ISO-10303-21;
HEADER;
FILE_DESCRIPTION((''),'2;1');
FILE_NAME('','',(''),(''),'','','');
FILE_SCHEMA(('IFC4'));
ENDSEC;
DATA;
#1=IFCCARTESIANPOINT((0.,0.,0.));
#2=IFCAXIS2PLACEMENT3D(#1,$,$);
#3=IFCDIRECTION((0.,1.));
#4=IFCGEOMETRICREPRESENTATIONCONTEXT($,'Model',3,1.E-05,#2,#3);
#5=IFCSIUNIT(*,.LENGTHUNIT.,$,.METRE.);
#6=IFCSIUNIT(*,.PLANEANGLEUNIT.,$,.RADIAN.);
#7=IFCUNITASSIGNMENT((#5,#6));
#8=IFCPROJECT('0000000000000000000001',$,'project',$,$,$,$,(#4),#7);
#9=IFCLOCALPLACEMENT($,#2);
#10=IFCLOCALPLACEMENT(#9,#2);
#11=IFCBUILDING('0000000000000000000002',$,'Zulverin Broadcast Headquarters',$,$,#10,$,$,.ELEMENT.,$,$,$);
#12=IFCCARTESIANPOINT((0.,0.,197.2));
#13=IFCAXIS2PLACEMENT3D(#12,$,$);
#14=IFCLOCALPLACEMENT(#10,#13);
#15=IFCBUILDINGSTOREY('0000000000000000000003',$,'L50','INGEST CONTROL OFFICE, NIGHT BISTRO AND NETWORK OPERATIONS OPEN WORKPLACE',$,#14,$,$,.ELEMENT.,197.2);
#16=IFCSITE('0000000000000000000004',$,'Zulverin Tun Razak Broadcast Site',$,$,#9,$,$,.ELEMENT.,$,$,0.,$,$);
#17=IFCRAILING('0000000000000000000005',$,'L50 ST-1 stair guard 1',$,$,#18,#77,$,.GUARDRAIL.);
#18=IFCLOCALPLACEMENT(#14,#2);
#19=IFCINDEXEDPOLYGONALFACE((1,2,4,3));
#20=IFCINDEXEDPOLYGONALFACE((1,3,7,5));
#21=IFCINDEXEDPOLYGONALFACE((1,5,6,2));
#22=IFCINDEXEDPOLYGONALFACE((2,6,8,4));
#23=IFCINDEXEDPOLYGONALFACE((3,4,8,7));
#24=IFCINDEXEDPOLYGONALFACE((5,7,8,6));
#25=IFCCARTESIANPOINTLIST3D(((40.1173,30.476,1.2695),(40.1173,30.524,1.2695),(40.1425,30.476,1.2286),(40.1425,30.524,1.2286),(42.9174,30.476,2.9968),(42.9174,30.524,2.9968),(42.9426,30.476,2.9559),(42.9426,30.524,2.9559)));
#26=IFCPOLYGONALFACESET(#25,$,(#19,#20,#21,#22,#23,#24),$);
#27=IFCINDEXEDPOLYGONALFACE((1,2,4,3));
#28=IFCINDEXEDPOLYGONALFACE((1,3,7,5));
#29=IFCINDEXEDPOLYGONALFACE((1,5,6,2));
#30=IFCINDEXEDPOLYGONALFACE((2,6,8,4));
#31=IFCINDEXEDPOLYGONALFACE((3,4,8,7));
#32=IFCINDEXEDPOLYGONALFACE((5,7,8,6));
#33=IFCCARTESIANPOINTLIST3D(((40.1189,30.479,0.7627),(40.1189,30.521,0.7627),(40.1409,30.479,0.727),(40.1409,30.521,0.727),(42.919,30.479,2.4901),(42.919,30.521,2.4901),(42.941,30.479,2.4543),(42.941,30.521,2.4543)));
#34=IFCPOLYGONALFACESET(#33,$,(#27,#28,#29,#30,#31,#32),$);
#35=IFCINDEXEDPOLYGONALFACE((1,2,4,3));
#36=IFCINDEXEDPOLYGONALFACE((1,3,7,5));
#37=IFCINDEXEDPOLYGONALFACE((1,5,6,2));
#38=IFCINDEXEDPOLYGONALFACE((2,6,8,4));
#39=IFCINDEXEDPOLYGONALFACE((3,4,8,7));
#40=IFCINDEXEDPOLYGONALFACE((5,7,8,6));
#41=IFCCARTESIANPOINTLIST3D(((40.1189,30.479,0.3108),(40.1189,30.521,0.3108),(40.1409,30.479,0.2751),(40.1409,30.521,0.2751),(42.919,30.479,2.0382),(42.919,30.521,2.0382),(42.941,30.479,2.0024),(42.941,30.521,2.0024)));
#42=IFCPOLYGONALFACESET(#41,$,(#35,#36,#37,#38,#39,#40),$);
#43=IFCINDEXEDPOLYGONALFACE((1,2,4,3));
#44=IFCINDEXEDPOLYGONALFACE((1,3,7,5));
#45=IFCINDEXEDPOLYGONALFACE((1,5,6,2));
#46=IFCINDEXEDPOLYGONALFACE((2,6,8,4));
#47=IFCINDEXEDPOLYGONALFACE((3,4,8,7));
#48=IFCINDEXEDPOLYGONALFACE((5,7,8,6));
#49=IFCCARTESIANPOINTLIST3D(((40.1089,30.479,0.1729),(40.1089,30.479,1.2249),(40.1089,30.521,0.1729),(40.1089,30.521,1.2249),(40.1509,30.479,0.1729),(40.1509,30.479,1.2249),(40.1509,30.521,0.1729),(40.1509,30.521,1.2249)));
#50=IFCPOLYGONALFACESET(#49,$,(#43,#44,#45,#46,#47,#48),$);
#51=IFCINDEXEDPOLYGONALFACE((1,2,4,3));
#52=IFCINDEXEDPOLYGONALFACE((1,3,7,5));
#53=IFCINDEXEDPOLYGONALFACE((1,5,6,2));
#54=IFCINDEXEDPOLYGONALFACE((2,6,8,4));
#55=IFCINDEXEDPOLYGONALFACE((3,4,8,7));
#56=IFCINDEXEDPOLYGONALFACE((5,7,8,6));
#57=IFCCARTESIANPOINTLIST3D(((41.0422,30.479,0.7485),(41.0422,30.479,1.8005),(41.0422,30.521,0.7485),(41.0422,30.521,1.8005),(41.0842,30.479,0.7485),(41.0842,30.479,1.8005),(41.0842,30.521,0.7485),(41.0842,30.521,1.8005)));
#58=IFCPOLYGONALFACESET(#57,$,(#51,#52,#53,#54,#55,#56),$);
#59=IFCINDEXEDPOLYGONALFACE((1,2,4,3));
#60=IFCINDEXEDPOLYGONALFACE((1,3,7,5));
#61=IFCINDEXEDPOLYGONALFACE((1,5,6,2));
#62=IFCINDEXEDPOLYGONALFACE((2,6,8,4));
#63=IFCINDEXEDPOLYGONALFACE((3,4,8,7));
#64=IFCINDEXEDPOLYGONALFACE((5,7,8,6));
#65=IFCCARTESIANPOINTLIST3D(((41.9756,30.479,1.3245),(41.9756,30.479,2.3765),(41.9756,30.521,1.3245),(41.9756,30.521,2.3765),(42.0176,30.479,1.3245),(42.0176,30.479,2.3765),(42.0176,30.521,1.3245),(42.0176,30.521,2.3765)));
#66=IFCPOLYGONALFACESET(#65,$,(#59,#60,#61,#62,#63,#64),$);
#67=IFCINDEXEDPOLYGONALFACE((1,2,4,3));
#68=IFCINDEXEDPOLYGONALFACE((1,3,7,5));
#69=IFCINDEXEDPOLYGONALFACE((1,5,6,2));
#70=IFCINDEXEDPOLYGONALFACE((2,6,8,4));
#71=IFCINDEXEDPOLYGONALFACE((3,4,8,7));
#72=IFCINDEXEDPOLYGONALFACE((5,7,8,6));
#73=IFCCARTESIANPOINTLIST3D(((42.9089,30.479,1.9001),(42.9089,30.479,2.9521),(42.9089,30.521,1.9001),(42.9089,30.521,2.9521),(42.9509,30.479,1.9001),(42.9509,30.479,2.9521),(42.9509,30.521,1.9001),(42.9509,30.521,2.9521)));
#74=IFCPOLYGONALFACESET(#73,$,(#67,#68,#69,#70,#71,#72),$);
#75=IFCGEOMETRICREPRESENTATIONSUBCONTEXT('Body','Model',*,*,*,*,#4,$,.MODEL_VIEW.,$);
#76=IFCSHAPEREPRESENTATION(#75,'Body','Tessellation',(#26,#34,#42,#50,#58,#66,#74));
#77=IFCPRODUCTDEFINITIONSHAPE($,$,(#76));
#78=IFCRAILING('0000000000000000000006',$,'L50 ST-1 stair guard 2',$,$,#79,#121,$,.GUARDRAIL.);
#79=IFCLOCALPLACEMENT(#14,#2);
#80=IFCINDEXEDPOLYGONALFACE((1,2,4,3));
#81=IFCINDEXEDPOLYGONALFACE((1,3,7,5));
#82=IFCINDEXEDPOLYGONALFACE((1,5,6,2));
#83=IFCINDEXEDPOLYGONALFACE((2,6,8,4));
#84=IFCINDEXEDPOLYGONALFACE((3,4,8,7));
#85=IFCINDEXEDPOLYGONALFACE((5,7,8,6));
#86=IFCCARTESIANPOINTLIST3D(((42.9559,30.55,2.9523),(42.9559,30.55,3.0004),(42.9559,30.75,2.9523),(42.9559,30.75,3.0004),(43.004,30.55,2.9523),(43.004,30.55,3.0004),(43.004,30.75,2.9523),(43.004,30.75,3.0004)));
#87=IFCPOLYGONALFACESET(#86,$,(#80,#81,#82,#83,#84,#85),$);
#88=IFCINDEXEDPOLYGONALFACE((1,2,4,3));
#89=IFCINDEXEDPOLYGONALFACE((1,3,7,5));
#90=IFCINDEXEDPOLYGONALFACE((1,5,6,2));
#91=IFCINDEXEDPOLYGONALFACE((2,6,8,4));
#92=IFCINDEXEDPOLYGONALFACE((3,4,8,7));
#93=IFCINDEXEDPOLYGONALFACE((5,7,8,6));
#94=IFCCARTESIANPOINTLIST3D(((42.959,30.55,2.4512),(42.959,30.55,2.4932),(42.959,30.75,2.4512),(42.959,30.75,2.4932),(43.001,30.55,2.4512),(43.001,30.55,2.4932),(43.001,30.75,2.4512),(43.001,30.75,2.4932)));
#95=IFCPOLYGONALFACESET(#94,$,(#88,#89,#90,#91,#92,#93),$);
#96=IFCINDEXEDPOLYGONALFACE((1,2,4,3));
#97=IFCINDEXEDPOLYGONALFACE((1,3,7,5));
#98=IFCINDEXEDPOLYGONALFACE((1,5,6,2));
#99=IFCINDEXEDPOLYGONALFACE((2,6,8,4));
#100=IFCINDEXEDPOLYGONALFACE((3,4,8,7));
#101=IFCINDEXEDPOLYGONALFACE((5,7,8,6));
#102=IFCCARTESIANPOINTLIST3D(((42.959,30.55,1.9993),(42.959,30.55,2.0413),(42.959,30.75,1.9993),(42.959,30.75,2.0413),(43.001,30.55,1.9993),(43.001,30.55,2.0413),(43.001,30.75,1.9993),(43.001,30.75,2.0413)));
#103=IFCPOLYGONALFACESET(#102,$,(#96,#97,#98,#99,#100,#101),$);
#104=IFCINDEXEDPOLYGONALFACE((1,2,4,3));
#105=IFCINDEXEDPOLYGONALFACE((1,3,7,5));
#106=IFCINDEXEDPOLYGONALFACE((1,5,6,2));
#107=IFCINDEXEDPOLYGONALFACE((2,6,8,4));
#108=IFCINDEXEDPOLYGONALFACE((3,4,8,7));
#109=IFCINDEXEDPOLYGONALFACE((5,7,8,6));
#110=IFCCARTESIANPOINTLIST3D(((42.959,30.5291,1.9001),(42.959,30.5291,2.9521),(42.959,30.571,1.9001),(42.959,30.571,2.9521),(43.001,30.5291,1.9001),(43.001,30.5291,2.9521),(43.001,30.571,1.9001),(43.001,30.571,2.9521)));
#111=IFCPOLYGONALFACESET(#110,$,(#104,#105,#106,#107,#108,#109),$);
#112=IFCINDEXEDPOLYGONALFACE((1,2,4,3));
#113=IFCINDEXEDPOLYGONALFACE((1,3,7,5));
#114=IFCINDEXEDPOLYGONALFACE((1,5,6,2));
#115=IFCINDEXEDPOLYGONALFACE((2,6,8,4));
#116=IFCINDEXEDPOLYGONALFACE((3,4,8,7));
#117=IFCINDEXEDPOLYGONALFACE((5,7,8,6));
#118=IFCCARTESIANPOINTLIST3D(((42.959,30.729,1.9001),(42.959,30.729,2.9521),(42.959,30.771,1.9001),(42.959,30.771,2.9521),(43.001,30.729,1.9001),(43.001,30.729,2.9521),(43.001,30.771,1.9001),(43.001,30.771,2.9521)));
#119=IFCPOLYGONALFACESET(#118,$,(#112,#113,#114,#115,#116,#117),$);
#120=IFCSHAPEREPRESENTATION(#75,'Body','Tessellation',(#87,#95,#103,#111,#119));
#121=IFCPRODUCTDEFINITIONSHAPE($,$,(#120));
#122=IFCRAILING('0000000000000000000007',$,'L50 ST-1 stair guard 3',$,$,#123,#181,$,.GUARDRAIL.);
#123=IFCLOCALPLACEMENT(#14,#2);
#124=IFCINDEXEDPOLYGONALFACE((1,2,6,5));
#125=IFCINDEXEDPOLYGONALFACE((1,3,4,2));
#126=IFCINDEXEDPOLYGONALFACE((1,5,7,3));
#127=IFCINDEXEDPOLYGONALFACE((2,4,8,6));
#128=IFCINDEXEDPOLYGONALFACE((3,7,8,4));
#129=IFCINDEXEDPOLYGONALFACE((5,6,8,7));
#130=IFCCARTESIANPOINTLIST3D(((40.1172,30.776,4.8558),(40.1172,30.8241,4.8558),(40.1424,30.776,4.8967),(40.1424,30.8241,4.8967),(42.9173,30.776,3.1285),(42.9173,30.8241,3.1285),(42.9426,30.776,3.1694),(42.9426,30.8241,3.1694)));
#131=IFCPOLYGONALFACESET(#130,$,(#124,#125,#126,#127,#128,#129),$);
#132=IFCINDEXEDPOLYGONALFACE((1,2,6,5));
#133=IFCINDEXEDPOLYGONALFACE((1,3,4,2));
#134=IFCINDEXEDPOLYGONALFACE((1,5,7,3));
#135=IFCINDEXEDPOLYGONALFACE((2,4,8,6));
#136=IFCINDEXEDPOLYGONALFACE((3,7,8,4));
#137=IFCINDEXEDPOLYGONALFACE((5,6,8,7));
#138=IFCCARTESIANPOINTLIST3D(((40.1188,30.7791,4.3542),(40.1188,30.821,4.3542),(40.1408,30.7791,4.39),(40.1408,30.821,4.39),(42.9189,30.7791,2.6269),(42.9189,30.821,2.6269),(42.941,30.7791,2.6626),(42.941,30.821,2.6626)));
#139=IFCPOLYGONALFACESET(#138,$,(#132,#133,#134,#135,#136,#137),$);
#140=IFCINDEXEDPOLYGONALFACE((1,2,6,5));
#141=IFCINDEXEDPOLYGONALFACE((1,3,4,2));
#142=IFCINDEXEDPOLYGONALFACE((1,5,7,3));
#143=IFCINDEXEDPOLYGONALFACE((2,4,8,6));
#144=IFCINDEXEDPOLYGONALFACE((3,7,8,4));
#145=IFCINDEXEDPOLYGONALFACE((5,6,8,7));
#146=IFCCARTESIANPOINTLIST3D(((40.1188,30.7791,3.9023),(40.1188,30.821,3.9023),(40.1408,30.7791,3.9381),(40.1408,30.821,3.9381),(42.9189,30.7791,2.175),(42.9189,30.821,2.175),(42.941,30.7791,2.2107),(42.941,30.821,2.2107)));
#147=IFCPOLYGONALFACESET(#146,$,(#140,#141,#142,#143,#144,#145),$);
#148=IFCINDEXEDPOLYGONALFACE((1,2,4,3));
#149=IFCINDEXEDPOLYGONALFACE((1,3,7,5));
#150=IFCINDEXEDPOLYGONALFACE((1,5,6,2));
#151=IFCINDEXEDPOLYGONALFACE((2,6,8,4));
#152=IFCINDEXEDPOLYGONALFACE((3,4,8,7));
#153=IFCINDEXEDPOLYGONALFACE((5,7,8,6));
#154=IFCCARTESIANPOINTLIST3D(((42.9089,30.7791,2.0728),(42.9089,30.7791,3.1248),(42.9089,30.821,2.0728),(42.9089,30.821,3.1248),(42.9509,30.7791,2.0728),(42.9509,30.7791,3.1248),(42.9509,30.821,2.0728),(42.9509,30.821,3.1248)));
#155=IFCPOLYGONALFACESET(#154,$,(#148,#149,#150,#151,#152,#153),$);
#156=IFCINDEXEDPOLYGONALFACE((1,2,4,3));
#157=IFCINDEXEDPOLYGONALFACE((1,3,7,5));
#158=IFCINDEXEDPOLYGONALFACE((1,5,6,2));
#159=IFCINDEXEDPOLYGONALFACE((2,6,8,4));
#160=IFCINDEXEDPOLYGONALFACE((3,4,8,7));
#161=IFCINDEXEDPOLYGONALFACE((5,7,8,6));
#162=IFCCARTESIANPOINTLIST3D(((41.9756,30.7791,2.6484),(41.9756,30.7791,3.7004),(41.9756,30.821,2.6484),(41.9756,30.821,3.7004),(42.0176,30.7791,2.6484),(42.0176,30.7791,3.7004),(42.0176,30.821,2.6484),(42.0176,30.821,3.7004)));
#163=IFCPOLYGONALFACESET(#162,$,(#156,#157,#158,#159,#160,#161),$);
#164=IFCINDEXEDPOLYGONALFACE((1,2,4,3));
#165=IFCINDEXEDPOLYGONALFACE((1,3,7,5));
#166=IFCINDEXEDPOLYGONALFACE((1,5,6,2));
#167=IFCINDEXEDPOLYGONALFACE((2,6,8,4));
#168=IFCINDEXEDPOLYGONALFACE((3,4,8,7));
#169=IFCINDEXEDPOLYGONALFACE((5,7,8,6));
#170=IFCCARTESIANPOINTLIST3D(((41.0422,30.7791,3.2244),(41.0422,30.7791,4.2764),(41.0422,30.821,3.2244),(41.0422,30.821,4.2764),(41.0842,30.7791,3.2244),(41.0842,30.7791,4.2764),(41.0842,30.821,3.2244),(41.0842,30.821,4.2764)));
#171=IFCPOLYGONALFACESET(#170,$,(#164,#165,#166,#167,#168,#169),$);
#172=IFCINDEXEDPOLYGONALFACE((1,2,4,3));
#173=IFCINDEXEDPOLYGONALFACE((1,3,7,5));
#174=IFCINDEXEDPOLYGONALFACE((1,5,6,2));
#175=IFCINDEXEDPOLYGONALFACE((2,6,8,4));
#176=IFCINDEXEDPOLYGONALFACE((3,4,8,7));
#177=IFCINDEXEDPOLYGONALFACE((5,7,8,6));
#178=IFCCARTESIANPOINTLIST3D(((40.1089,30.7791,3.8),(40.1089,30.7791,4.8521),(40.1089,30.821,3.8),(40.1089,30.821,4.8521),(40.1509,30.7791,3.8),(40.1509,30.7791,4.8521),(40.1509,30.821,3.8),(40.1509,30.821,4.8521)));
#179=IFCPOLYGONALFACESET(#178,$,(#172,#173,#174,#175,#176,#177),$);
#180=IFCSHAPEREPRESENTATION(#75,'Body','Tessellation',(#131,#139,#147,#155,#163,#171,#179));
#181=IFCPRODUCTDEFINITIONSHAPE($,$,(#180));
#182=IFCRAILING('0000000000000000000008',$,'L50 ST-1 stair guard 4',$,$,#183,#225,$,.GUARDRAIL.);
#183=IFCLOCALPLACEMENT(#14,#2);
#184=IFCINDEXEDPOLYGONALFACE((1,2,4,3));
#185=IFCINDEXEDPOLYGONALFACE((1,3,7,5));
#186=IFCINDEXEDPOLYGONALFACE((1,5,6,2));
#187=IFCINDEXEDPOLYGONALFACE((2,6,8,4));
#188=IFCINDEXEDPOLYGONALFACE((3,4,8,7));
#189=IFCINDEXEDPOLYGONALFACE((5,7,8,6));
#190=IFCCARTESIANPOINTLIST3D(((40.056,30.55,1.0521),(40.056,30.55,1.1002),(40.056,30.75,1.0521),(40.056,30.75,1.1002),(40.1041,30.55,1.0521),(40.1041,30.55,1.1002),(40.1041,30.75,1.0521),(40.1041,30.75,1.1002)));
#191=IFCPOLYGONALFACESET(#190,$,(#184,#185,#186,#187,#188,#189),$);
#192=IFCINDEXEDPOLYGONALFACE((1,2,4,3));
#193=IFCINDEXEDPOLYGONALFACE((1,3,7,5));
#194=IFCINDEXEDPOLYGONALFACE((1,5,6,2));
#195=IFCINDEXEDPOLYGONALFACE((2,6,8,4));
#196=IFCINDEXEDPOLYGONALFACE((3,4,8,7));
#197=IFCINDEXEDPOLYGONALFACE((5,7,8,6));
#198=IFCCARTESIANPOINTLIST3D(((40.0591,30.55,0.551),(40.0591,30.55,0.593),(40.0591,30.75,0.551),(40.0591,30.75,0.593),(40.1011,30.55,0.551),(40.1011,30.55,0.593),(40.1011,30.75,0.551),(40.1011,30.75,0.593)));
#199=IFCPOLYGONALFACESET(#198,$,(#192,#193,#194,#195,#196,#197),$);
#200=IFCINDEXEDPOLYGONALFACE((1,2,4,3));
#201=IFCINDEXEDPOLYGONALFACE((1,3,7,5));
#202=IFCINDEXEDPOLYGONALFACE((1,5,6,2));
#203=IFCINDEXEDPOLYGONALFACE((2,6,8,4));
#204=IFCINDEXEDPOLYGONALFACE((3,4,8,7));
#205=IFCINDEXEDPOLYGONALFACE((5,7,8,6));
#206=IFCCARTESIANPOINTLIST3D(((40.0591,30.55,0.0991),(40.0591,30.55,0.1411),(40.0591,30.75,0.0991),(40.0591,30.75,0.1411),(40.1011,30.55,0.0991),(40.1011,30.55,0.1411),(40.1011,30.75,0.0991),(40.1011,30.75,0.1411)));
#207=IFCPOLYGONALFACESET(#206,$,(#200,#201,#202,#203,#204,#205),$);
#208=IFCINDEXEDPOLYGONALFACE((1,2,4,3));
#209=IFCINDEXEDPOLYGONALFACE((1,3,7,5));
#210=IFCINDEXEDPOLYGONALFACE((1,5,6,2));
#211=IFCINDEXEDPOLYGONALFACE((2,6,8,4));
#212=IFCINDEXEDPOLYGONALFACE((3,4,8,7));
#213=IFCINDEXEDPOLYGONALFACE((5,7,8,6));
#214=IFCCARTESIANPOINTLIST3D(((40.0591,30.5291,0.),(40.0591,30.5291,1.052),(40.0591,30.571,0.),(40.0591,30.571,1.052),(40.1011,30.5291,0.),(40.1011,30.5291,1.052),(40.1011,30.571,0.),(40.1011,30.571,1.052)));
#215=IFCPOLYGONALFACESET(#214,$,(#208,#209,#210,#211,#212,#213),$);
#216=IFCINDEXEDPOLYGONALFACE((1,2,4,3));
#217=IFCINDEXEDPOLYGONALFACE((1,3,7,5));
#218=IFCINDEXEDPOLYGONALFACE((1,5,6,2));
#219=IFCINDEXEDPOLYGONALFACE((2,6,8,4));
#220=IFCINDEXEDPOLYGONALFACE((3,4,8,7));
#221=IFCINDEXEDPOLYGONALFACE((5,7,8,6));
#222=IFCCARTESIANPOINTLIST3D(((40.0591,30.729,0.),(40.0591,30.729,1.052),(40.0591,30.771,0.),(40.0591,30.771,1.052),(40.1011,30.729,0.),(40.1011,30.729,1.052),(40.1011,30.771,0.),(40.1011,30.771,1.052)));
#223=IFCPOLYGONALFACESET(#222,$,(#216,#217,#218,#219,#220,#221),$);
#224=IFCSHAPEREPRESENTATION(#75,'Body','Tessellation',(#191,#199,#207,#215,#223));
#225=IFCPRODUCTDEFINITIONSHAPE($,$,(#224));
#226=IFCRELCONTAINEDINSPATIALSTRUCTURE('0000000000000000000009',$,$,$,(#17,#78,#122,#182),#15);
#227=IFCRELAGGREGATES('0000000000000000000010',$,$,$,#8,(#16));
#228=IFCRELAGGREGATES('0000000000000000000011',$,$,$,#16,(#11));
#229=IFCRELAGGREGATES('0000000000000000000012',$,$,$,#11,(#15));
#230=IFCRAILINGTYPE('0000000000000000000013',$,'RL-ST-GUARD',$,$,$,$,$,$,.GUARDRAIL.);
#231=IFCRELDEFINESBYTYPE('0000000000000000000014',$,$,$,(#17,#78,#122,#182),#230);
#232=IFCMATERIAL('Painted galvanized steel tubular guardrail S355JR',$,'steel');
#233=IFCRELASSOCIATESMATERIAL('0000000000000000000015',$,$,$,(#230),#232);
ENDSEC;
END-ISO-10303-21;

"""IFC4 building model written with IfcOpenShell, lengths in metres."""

from ifc_helpers import new_model, si_unit, direction, frame, origin, origin_2d, place, context, subcontext, project, spatial, rectangle, extrude, material, type_object, element, save


model = new_model("IFC4")

# Units and contexts
model_context = context("Model", 3, precision=1e-05, world=origin(), true_north=direction((0.0, 1.0)))
body_context = subcontext(model_context, "Body", "Model", "MODEL_VIEW")
ifc_project = project(units=[si_unit("LENGTHUNIT", "METRE"), si_unit("PLANEANGLEUNIT", "RADIAN")], contexts=[model_context])

# Site, building, storey
site_placement = place(None, origin())
site = spatial("IfcSite", under=ifc_project, at=site_placement, Name="Zulverin Tun Razak Broadcast Site", CompositionType="ELEMENT", RefElevation=0.0)
building_placement = place(site_placement, origin())
building = spatial("IfcBuilding", under=site, at=building_placement, Name="Zulverin Broadcast Headquarters", CompositionType="ELEMENT")
storey_placement = place(building_placement, frame((0.0, 0.0, 197.2)))
storey = spatial("IfcBuildingStorey", under=building, at=storey_placement, Name="L50", Description="INGEST CONTROL OFFICE, NIGHT BISTRO AND NETWORK OPERATIONS OPEN WORKPLACE", CompositionType="ELEMENT", Elevation=197.2)

# Railings
ifc_material_1 = material(Name="Painted galvanized steel tubular guardrail S355JR", Category="steel")
railing_type_1 = type_object("IfcRailingType", Name="RL-ST-GUARD", PredefinedType="GUARDRAIL", material=ifc_material_1)
railing_1_placement = place(storey_placement, frame((40.1299, 30.5, 0.1729)))
element("IfcRailing", 1, at=railing_1_placement, inside=storey, type_object=railing_type_1, Name="L50 ST-1 stair guard 1", PredefinedType="GUARDRAIL", context=body_context, shape_type="SweptSolid", body=[
    extrude(rectangle(XDim=0.0481, YDim=0.0481, at=origin_2d()), frame((0.0, 0.0, 1.0762), z_axis=(0.85109, 0.0, 0.52502), x_axis=(0.0, 1.0, 0.0)), (0.0, 0.0, 1.0), 3.29),
    extrude(rectangle(XDim=0.042, YDim=0.042, at=origin_2d()), frame((0.0, 0.0, 0.572), z_axis=(0.85109, 0.0, 0.52502), x_axis=(0.0, 1.0, 0.0)), (0.0, 0.0, 1.0), 3.29),
    extrude(rectangle(XDim=0.042, YDim=0.042, at=origin_2d()), frame((0.0, 0.0, 0.1201), z_axis=(0.85109, 0.0, 0.52502), x_axis=(0.0, 1.0, 0.0)), (0.0, 0.0, 1.0), 3.29),
    extrude(rectangle(XDim=0.042, YDim=0.042, at=origin_2d()), origin(), (0.0, 0.0, 1.0), 1.052),
    extrude(rectangle(XDim=0.042, YDim=0.042, at=origin_2d()), frame((0.9333, 0.0, 0.5757)), (0.0, 0.0, 1.0), 1.052),
    extrude(rectangle(XDim=0.042, YDim=0.042, at=origin_2d()), frame((1.8667, 0.0, 1.1516)), (0.0, 0.0, 1.0), 1.052),
    extrude(rectangle(XDim=0.042, YDim=0.042, at=origin_2d()), frame((2.8, 0.0, 1.7273)), (0.0, 0.0, 1.0), 1.052),
])
railing_2_placement = place(storey_placement, frame((42.98, 30.55, 1.9001)))
element("IfcRailing", 2, at=railing_2_placement, inside=storey, type_object=railing_type_1, Name="L50 ST-1 stair guard 2", PredefinedType="GUARDRAIL", context=body_context, shape_type="SweptSolid", body=[
    extrude(rectangle(XDim=0.0481, YDim=0.0481, at=origin_2d()), frame((0.0, 0.0, 1.0762), z_axis=(0.0, 1.0, 0.0), x_axis=(-1.0, 0.0, 0.0)), (0.0, 0.0, 1.0), 0.2),
    extrude(rectangle(XDim=0.042, YDim=0.042, at=origin_2d()), frame((0.0, 0.0, 0.572), z_axis=(0.0, 1.0, 0.0), x_axis=(-1.0, 0.0, 0.0)), (0.0, 0.0, 1.0), 0.2),
    extrude(rectangle(XDim=0.042, YDim=0.042, at=origin_2d()), frame((0.0, 0.0, 0.1201), z_axis=(0.0, 1.0, 0.0), x_axis=(-1.0, 0.0, 0.0)), (0.0, 0.0, 1.0), 0.2),
    extrude(rectangle(XDim=0.042, YDim=0.042, at=origin_2d()), origin(), (0.0, 0.0, 1.0), 1.052),
    extrude(rectangle(XDim=0.042, YDim=0.042, at=origin_2d()), frame((0.0, 0.2, 0.0)), (0.0, 0.0, 1.0), 1.052),
])
railing_3_placement = place(storey_placement, frame((42.9299, 30.8, 2.0728)))
element("IfcRailing", 3, at=railing_3_placement, inside=storey, type_object=railing_type_1, Name="L50 ST-1 stair guard 3", PredefinedType="GUARDRAIL", context=body_context, shape_type="SweptSolid", body=[
    extrude(rectangle(XDim=0.0481, YDim=0.0481, at=origin_2d()), frame((0.0, 0.0, 1.0762), z_axis=(-0.85109, 0.0, 0.52502), x_axis=(0.0, -1.0, 0.0)), (0.0, 0.0, 1.0), 3.29),
    extrude(rectangle(XDim=0.042, YDim=0.042, at=origin_2d()), frame((0.0, 0.0, 0.572), z_axis=(-0.85109, 0.0, 0.52502), x_axis=(0.0, -1.0, 0.0)), (0.0, 0.0, 1.0), 3.29),
    extrude(rectangle(XDim=0.042, YDim=0.042, at=origin_2d()), frame((0.0, 0.0, 0.1201), z_axis=(-0.85109, 0.0, 0.52502), x_axis=(0.0, -1.0, 0.0)), (0.0, 0.0, 1.0), 3.29),
    extrude(rectangle(XDim=0.042, YDim=0.042, at=origin_2d()), origin(), (0.0, 0.0, 1.0), 1.052),
    extrude(rectangle(XDim=0.042, YDim=0.042, at=origin_2d()), frame((-0.9333, 0.0, 0.5757)), (0.0, 0.0, 1.0), 1.052),
    extrude(rectangle(XDim=0.042, YDim=0.042, at=origin_2d()), frame((-1.8667, 0.0, 1.1516)), (0.0, 0.0, 1.0), 1.052),
    extrude(rectangle(XDim=0.042, YDim=0.042, at=origin_2d()), frame((-2.8, 0.0, 1.7273)), (0.0, 0.0, 1.0), 1.052),
])
railing_4_placement = place(storey_placement, frame((40.0801, 30.55, 0.0)))
element("IfcRailing", 4, at=railing_4_placement, inside=storey, type_object=railing_type_1, Name="L50 ST-1 stair guard 4", PredefinedType="GUARDRAIL", context=body_context, shape_type="SweptSolid", body=[
    extrude(rectangle(XDim=0.0481, YDim=0.0481, at=origin_2d()), frame((0.0, 0.0, 1.0762), z_axis=(0.0, 1.0, 0.0), x_axis=(-1.0, 0.0, 0.0)), (0.0, 0.0, 1.0), 0.2),
    extrude(rectangle(XDim=0.042, YDim=0.042, at=origin_2d()), frame((0.0, 0.0, 0.572), z_axis=(0.0, 1.0, 0.0), x_axis=(-1.0, 0.0, 0.0)), (0.0, 0.0, 1.0), 0.2),
    extrude(rectangle(XDim=0.042, YDim=0.042, at=origin_2d()), frame((0.0, 0.0, 0.1201), z_axis=(0.0, 1.0, 0.0), x_axis=(-1.0, 0.0, 0.0)), (0.0, 0.0, 1.0), 0.2),
    extrude(rectangle(XDim=0.042, YDim=0.042, at=origin_2d()), origin(), (0.0, 0.0, 1.0), 1.052),
    extrude(rectangle(XDim=0.042, YDim=0.042, at=origin_2d()), frame((0.0, 0.2, 0.0)), (0.0, 0.0, 1.0), 1.052),
])

save(model, "model.ifc")
